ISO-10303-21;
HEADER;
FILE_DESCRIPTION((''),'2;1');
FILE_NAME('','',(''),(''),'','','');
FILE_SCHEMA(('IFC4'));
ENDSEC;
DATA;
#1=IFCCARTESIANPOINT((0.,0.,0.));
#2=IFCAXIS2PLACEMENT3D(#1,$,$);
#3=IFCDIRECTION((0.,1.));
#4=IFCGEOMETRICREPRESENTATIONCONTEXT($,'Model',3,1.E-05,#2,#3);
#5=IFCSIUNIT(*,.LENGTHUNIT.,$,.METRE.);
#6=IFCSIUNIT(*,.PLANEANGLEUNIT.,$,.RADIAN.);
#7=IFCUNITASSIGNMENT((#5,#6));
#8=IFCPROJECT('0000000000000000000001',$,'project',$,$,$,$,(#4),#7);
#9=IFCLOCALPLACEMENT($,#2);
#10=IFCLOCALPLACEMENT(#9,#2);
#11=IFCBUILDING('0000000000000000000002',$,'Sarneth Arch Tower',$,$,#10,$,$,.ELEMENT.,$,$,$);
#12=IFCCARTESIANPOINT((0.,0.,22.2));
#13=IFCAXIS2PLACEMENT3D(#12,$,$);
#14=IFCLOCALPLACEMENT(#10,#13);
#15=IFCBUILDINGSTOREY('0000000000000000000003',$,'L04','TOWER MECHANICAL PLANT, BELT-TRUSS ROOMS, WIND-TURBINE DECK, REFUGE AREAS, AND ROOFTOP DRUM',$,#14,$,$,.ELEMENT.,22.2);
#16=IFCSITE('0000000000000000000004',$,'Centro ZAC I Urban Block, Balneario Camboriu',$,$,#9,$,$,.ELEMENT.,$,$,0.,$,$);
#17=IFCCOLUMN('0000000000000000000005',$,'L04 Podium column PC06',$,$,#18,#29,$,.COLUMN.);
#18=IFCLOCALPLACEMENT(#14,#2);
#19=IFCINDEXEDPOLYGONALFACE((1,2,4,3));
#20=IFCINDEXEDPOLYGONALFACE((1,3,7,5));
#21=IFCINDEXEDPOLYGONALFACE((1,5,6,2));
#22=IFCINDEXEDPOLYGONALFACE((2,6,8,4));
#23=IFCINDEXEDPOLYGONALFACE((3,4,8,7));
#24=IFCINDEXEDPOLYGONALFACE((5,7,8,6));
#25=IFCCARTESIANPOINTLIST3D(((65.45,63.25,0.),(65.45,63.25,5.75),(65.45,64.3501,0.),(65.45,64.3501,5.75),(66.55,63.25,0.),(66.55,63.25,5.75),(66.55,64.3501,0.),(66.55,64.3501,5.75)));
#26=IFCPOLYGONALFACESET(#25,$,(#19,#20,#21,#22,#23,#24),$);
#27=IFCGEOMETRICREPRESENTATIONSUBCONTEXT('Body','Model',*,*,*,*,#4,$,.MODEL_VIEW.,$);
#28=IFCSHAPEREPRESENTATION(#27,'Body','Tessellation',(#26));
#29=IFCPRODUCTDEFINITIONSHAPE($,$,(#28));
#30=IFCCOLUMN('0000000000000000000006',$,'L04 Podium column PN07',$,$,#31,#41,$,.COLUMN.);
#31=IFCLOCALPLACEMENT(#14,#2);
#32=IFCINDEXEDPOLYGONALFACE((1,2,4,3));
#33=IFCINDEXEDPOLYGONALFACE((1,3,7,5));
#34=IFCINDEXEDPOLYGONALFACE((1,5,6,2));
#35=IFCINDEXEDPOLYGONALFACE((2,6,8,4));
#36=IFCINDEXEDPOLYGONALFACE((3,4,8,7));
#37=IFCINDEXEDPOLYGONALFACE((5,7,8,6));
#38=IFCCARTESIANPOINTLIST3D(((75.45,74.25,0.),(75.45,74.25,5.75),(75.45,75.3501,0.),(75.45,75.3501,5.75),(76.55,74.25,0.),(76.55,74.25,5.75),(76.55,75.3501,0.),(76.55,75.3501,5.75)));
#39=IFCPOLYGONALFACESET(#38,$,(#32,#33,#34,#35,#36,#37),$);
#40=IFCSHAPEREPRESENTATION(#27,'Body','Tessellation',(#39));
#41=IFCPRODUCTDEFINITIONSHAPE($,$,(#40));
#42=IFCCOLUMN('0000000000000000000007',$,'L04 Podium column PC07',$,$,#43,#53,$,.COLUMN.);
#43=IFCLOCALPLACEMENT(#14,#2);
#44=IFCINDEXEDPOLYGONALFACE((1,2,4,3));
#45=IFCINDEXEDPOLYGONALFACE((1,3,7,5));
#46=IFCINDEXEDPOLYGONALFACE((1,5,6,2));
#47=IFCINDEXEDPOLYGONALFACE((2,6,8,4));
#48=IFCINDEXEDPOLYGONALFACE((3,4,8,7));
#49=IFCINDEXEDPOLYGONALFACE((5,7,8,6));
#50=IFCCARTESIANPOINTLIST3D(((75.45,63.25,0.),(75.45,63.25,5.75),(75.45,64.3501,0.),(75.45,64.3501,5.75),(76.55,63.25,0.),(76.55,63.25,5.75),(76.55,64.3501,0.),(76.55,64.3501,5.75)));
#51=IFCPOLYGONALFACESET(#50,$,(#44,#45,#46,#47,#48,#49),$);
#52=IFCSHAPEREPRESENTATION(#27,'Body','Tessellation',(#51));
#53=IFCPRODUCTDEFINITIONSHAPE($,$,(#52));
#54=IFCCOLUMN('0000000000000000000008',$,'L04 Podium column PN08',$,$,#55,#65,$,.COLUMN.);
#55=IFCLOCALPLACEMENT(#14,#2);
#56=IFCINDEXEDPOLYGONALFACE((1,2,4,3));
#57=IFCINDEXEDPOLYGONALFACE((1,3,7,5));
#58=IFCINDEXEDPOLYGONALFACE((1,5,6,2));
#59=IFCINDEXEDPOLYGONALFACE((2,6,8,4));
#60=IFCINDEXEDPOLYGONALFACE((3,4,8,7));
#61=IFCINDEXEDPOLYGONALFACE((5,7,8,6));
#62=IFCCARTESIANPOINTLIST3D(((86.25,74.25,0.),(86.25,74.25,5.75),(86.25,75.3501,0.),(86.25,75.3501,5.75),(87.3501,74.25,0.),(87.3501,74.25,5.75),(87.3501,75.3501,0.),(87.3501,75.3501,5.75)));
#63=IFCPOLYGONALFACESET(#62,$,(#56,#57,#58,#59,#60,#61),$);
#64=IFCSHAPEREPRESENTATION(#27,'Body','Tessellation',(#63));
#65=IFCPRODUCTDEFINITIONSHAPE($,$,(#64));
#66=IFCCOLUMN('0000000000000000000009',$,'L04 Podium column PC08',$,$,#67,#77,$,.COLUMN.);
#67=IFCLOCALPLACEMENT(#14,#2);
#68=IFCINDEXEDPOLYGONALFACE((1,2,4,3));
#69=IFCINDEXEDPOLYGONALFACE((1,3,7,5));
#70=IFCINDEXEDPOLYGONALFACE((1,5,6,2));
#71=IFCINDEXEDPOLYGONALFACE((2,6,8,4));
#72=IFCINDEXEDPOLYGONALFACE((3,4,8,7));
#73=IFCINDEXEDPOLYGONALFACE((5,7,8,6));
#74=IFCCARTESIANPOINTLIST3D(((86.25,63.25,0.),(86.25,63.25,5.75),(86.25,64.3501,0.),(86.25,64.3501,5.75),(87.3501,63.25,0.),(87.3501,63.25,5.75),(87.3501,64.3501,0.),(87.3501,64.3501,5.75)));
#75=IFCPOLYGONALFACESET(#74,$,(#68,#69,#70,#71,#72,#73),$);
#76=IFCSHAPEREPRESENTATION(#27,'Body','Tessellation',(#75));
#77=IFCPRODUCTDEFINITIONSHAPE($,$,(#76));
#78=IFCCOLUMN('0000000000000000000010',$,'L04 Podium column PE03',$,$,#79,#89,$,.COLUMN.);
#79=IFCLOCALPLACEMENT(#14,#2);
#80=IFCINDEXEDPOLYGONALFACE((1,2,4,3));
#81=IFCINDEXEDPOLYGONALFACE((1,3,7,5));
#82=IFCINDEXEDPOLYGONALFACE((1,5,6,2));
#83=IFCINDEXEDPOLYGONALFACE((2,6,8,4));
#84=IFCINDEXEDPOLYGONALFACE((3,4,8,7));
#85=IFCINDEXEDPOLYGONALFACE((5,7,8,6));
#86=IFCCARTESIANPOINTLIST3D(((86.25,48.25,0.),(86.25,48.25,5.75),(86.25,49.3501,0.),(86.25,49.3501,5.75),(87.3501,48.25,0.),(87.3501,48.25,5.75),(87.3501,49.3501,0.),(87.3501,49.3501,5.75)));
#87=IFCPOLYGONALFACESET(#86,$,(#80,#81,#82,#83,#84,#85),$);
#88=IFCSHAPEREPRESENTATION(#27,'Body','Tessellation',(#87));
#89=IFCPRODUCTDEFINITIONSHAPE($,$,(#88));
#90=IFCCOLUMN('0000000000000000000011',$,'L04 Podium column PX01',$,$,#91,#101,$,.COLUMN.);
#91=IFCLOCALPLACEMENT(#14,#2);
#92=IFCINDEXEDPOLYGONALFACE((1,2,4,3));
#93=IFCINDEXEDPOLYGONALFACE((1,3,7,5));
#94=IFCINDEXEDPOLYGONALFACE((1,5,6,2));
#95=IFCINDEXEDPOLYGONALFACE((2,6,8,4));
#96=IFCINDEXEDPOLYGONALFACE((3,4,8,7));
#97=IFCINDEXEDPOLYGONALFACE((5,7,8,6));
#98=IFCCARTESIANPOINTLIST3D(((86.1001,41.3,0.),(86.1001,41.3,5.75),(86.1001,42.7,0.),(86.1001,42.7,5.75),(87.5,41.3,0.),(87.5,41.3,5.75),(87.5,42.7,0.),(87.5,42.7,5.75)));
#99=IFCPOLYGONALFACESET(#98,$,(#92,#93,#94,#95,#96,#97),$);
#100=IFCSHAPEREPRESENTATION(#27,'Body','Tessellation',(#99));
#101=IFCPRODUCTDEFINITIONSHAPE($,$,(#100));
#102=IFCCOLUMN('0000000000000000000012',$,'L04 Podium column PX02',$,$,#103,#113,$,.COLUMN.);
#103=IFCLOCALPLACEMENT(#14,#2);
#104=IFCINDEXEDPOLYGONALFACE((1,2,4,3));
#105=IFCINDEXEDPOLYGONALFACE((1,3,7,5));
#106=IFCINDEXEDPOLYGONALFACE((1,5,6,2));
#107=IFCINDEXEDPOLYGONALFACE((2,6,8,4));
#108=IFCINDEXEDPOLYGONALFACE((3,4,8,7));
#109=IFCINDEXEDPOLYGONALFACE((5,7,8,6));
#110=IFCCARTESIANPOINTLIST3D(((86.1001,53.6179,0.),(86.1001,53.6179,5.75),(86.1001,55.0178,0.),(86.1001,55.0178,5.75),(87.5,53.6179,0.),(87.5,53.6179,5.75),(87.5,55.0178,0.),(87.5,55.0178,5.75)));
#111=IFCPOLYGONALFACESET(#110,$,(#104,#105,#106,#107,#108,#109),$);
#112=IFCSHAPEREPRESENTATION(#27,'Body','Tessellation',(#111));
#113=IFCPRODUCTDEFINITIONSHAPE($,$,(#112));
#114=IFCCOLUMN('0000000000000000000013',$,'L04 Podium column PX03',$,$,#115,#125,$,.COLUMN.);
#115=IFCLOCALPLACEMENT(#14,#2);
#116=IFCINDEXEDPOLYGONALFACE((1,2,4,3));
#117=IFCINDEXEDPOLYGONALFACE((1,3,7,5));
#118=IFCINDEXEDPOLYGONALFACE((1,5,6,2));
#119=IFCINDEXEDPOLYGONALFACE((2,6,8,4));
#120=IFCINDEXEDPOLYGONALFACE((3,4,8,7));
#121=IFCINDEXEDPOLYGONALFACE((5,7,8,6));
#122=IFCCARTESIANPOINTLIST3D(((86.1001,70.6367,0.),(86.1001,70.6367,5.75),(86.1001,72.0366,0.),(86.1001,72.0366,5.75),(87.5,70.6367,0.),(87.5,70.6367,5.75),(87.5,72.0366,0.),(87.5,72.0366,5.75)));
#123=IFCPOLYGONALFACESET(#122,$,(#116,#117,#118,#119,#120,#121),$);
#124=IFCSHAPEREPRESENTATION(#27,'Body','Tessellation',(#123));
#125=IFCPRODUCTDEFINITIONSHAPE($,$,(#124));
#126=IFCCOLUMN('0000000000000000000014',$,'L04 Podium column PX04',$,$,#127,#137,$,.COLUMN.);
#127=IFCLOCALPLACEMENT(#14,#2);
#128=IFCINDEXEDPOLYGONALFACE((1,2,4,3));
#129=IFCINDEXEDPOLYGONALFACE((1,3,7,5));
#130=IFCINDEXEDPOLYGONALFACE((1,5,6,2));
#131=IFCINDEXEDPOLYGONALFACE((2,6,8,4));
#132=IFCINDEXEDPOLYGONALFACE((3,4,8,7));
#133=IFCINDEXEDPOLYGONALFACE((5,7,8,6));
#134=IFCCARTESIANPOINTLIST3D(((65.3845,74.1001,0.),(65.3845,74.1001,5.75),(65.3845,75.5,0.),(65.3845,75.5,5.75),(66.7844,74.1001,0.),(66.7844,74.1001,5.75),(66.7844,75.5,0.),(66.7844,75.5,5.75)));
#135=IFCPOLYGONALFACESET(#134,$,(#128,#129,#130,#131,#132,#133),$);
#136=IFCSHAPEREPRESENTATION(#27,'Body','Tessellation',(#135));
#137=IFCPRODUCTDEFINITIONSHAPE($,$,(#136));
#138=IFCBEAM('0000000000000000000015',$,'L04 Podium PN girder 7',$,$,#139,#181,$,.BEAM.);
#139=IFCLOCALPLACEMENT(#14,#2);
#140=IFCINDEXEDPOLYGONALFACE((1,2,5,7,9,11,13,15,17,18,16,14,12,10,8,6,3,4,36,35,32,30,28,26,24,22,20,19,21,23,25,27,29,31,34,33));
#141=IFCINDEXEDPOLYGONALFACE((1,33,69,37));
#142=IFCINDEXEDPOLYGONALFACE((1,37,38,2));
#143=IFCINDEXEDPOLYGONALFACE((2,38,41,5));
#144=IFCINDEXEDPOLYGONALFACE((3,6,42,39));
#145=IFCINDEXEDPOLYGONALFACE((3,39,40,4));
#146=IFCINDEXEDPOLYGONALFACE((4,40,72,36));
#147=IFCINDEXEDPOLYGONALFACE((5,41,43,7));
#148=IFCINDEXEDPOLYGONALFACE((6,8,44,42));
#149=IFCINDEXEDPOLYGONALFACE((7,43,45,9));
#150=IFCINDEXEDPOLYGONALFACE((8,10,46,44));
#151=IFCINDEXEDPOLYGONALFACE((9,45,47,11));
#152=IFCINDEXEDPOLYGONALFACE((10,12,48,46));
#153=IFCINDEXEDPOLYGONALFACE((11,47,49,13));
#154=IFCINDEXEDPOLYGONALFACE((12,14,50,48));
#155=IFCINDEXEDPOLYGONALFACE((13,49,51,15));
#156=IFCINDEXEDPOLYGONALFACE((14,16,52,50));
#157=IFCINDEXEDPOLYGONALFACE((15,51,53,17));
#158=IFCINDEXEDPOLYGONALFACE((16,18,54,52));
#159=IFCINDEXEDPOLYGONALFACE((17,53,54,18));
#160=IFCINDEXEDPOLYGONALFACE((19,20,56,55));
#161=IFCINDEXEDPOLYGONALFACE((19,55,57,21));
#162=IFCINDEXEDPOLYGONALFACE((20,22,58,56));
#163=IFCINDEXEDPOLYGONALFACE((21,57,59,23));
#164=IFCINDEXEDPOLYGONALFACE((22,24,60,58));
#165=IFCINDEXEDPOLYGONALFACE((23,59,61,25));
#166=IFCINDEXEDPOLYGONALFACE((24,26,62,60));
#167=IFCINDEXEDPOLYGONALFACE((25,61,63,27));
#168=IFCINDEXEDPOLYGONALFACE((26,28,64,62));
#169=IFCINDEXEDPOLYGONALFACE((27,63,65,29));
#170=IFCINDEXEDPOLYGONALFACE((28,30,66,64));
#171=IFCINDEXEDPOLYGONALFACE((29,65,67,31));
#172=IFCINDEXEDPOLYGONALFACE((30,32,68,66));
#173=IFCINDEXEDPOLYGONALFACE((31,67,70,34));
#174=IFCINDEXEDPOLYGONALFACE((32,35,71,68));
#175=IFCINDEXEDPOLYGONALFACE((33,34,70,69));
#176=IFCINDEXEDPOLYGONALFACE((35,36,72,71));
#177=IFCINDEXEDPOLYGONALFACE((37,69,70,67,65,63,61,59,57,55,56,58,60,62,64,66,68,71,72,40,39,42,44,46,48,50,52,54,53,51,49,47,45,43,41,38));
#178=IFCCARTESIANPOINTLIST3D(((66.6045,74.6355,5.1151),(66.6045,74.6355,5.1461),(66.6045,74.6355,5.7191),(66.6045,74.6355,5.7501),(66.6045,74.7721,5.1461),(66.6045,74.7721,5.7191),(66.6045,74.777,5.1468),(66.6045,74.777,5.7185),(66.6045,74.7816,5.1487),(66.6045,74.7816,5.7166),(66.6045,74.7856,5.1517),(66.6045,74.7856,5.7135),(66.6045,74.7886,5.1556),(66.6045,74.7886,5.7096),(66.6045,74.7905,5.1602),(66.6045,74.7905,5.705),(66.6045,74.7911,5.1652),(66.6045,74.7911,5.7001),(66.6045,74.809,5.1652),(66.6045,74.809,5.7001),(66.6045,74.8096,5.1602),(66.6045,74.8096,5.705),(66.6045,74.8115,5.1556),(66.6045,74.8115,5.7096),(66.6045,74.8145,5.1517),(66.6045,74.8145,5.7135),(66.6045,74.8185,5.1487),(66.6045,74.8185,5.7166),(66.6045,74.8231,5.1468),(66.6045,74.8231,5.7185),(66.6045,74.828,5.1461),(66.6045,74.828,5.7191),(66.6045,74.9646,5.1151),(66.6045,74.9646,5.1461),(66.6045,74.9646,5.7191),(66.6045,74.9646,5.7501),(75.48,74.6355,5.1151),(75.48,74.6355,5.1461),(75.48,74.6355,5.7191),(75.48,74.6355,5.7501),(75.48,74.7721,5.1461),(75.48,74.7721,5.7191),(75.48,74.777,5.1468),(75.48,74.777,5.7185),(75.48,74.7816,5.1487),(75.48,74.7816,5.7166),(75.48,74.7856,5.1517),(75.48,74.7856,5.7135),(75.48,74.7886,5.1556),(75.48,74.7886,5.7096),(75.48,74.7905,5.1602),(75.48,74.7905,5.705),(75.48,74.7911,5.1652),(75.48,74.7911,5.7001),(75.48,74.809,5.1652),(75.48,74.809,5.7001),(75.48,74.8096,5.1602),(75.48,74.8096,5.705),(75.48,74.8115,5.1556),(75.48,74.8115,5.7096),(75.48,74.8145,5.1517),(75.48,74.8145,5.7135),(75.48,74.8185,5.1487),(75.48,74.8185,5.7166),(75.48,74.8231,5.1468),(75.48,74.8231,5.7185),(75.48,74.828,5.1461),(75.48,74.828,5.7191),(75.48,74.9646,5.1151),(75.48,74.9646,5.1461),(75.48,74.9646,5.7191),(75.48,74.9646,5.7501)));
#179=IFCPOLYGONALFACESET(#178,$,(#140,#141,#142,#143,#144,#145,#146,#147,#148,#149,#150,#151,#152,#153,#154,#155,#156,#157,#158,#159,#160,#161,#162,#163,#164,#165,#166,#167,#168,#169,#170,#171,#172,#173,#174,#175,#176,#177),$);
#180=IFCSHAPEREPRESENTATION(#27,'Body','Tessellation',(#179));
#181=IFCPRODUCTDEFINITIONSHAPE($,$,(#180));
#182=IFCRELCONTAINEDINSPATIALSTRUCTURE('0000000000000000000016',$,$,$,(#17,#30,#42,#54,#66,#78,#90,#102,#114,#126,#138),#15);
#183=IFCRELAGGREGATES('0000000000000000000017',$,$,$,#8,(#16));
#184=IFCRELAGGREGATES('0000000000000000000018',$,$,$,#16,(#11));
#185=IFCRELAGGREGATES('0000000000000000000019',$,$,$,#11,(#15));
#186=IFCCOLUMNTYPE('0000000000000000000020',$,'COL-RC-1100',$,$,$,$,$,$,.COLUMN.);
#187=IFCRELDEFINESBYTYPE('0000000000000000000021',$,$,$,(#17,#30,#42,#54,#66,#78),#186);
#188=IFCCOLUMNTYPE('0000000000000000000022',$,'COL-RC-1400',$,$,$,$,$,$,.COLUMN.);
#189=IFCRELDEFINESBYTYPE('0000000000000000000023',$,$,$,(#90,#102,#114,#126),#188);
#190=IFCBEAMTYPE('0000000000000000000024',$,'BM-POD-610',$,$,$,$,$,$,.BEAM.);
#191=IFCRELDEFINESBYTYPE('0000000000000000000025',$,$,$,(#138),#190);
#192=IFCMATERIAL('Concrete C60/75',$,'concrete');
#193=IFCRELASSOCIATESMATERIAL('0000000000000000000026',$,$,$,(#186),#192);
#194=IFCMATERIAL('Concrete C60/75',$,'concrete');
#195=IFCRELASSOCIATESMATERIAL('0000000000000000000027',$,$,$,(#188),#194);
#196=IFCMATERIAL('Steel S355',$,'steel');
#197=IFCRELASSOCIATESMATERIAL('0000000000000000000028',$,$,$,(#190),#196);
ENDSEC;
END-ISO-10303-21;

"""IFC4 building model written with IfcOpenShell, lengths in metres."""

from ifc_helpers import new_model, si_unit, direction, frame, origin, origin_2d, place, context, subcontext, project, spatial, rectangle, i_section, extrude, material, material_profile, profile_set, type_object, element, save


model = new_model("IFC4")

# Units and contexts
model_context = context("Model", 3, precision=1e-05, world=origin(), true_north=direction((0.0, 1.0)))
body_context = subcontext(model_context, "Body", "Model", "MODEL_VIEW")
ifc_project = project(units=[si_unit("LENGTHUNIT", "METRE"), si_unit("PLANEANGLEUNIT", "RADIAN")], contexts=[model_context])

# Site, building, storey
site_placement = place(None, origin())
site = spatial("IfcSite", under=ifc_project, at=site_placement, Name="Centro ZAC I Urban Block, Balneario Camboriu", CompositionType="ELEMENT", RefElevation=0.0)
building_placement = place(site_placement, origin())
building = spatial("IfcBuilding", under=site, at=building_placement, Name="Sarneth Arch Tower", CompositionType="ELEMENT")
storey_placement = place(building_placement, frame((0.0, 0.0, 22.2)))
storey = spatial("IfcBuildingStorey", under=building, at=storey_placement, Name="L04", Description="TOWER MECHANICAL PLANT, BELT-TRUSS ROOMS, WIND-TURBINE DECK, REFUGE AREAS, AND ROOFTOP DRUM", CompositionType="ELEMENT", Elevation=22.2)

# Columns
ifc_material_1 = material(Name="Concrete C60/75", Category="concrete")
ifc_material_profile_1 = material_profile(ifc_material_1, rectangle(XDim=1.1001, YDim=1.1001, at=origin_2d()), Name="RC-1100x1100")
ifc_profile_set_1 = profile_set([ifc_material_profile_1], Name="Concrete C60/75")
column_type_1 = type_object("IfcColumnType", Name="COL-RC-1100", PredefinedType="COLUMN", material=ifc_profile_set_1)
for number, where, z_axis, x_axis, name in (
    (1, (66.0, 63.8, 0.0), (0.0, 0.0, 1.0), (1.0, 0.0, 0.0), "L04 Podium column PC06"),
    (2, (76.0, 74.8, 0.0), (0.0, 0.0, 1.0), (1.0, 0.0, 0.0), "L04 Podium column PN07"),
    (3, (76.0, 63.8, 0.0), (0.0, 0.0, 1.0), (1.0, 0.0, 0.0), "L04 Podium column PC07"),
    (4, (86.8, 74.8, 0.0), (0.0, 0.0, 1.0), (1.0, 0.0, 0.0), "L04 Podium column PN08"),
    (5, (86.8, 63.8, 0.0), (0.0, 0.0, 1.0), (1.0, 0.0, 0.0), "L04 Podium column PC08"),
    (6, (86.8, 48.8, 0.0), (0.0, 0.0, 1.0), (1.0, 0.0, 0.0), "L04 Podium column PE03"),
):
    element("IfcColumn", number, at=place(storey_placement, frame(where, z_axis=z_axis, x_axis=x_axis)), inside=storey, type_object=column_type_1, Name=name, PredefinedType="COLUMN", context=body_context, shape_type="SweptSolid", body=[
        extrude(rectangle(XDim=1.1001, YDim=1.1001, at=origin_2d()), origin(), (0.0, 0.0, 1.0), 5.75),
    ])
ifc_material_2 = material(Name="Concrete C60/75", Category="concrete")
ifc_material_profile_2 = material_profile(ifc_material_2, rectangle(XDim=1.3999, YDim=1.3999, at=origin_2d()), Name="RC-1400x1400")
ifc_profile_set_2 = profile_set([ifc_material_profile_2], Name="Concrete C60/75")
column_type_2 = type_object("IfcColumnType", Name="COL-RC-1400", PredefinedType="COLUMN", material=ifc_profile_set_2)
for number, where, z_axis, x_axis, name in (
    (7, (86.8, 42.0, 0.0), (0.0, 0.0, 1.0), (1.0, 0.0, 0.0), "L04 Podium column PX01"),
    (8, (86.8, 54.3179, 0.0), (0.0, 0.0, 1.0), (1.0, 0.0, 0.0), "L04 Podium column PX02"),
    (9, (86.8, 71.3367, 0.0), (0.0, 0.0, 1.0), (1.0, 0.0, 0.0), "L04 Podium column PX03"),
    (10, (66.0845, 74.8, 0.0), (0.0, 0.0, 1.0), (1.0, 0.0, 0.0), "L04 Podium column PX04"),
):
    element("IfcColumn", number, at=place(storey_placement, frame(where, z_axis=z_axis, x_axis=x_axis)), inside=storey, type_object=column_type_2, Name=name, PredefinedType="COLUMN", context=body_context, shape_type="SweptSolid", body=[
        extrude(rectangle(XDim=1.3999, YDim=1.3999, at=origin_2d()), origin(), (0.0, 0.0, 1.0), 5.75),
    ])

# Beam
ifc_material_3 = material(Name="Steel S355", Category="steel")
ifc_material_profile_3 = material_profile(ifc_material_3, i_section(OverallWidth=0.3291, OverallDepth=0.635, WebThickness=0.0178, FlangeThickness=0.031, FilletRadius=0.019, at=origin_2d()), Name="W610x241")
ifc_profile_set_3 = profile_set([ifc_material_profile_3], Name="Steel S355")
beam_type_1 = type_object("IfcBeamType", Name="BM-POD-610", PredefinedType="BEAM", material=ifc_profile_set_3)
beam_1_placement = place(storey_placement, frame((66.6045, 74.8, 5.4326), z_axis=(1.0, 0.0, 0.0), x_axis=(0.0, 1.0, 0.0)))
element("IfcBeam", 11, at=beam_1_placement, inside=storey, type_object=beam_type_1, Name="L04 Podium PN girder 7", PredefinedType="BEAM", context=body_context, shape_type="SweptSolid", body=[
    extrude(i_section(OverallWidth=0.3291, OverallDepth=0.635, WebThickness=0.0178, FlangeThickness=0.031, FilletRadius=0.019, at=origin_2d()), origin(), (0.0, 0.0, 1.0), 8.8755),
])

save(model, "model.ifc")
